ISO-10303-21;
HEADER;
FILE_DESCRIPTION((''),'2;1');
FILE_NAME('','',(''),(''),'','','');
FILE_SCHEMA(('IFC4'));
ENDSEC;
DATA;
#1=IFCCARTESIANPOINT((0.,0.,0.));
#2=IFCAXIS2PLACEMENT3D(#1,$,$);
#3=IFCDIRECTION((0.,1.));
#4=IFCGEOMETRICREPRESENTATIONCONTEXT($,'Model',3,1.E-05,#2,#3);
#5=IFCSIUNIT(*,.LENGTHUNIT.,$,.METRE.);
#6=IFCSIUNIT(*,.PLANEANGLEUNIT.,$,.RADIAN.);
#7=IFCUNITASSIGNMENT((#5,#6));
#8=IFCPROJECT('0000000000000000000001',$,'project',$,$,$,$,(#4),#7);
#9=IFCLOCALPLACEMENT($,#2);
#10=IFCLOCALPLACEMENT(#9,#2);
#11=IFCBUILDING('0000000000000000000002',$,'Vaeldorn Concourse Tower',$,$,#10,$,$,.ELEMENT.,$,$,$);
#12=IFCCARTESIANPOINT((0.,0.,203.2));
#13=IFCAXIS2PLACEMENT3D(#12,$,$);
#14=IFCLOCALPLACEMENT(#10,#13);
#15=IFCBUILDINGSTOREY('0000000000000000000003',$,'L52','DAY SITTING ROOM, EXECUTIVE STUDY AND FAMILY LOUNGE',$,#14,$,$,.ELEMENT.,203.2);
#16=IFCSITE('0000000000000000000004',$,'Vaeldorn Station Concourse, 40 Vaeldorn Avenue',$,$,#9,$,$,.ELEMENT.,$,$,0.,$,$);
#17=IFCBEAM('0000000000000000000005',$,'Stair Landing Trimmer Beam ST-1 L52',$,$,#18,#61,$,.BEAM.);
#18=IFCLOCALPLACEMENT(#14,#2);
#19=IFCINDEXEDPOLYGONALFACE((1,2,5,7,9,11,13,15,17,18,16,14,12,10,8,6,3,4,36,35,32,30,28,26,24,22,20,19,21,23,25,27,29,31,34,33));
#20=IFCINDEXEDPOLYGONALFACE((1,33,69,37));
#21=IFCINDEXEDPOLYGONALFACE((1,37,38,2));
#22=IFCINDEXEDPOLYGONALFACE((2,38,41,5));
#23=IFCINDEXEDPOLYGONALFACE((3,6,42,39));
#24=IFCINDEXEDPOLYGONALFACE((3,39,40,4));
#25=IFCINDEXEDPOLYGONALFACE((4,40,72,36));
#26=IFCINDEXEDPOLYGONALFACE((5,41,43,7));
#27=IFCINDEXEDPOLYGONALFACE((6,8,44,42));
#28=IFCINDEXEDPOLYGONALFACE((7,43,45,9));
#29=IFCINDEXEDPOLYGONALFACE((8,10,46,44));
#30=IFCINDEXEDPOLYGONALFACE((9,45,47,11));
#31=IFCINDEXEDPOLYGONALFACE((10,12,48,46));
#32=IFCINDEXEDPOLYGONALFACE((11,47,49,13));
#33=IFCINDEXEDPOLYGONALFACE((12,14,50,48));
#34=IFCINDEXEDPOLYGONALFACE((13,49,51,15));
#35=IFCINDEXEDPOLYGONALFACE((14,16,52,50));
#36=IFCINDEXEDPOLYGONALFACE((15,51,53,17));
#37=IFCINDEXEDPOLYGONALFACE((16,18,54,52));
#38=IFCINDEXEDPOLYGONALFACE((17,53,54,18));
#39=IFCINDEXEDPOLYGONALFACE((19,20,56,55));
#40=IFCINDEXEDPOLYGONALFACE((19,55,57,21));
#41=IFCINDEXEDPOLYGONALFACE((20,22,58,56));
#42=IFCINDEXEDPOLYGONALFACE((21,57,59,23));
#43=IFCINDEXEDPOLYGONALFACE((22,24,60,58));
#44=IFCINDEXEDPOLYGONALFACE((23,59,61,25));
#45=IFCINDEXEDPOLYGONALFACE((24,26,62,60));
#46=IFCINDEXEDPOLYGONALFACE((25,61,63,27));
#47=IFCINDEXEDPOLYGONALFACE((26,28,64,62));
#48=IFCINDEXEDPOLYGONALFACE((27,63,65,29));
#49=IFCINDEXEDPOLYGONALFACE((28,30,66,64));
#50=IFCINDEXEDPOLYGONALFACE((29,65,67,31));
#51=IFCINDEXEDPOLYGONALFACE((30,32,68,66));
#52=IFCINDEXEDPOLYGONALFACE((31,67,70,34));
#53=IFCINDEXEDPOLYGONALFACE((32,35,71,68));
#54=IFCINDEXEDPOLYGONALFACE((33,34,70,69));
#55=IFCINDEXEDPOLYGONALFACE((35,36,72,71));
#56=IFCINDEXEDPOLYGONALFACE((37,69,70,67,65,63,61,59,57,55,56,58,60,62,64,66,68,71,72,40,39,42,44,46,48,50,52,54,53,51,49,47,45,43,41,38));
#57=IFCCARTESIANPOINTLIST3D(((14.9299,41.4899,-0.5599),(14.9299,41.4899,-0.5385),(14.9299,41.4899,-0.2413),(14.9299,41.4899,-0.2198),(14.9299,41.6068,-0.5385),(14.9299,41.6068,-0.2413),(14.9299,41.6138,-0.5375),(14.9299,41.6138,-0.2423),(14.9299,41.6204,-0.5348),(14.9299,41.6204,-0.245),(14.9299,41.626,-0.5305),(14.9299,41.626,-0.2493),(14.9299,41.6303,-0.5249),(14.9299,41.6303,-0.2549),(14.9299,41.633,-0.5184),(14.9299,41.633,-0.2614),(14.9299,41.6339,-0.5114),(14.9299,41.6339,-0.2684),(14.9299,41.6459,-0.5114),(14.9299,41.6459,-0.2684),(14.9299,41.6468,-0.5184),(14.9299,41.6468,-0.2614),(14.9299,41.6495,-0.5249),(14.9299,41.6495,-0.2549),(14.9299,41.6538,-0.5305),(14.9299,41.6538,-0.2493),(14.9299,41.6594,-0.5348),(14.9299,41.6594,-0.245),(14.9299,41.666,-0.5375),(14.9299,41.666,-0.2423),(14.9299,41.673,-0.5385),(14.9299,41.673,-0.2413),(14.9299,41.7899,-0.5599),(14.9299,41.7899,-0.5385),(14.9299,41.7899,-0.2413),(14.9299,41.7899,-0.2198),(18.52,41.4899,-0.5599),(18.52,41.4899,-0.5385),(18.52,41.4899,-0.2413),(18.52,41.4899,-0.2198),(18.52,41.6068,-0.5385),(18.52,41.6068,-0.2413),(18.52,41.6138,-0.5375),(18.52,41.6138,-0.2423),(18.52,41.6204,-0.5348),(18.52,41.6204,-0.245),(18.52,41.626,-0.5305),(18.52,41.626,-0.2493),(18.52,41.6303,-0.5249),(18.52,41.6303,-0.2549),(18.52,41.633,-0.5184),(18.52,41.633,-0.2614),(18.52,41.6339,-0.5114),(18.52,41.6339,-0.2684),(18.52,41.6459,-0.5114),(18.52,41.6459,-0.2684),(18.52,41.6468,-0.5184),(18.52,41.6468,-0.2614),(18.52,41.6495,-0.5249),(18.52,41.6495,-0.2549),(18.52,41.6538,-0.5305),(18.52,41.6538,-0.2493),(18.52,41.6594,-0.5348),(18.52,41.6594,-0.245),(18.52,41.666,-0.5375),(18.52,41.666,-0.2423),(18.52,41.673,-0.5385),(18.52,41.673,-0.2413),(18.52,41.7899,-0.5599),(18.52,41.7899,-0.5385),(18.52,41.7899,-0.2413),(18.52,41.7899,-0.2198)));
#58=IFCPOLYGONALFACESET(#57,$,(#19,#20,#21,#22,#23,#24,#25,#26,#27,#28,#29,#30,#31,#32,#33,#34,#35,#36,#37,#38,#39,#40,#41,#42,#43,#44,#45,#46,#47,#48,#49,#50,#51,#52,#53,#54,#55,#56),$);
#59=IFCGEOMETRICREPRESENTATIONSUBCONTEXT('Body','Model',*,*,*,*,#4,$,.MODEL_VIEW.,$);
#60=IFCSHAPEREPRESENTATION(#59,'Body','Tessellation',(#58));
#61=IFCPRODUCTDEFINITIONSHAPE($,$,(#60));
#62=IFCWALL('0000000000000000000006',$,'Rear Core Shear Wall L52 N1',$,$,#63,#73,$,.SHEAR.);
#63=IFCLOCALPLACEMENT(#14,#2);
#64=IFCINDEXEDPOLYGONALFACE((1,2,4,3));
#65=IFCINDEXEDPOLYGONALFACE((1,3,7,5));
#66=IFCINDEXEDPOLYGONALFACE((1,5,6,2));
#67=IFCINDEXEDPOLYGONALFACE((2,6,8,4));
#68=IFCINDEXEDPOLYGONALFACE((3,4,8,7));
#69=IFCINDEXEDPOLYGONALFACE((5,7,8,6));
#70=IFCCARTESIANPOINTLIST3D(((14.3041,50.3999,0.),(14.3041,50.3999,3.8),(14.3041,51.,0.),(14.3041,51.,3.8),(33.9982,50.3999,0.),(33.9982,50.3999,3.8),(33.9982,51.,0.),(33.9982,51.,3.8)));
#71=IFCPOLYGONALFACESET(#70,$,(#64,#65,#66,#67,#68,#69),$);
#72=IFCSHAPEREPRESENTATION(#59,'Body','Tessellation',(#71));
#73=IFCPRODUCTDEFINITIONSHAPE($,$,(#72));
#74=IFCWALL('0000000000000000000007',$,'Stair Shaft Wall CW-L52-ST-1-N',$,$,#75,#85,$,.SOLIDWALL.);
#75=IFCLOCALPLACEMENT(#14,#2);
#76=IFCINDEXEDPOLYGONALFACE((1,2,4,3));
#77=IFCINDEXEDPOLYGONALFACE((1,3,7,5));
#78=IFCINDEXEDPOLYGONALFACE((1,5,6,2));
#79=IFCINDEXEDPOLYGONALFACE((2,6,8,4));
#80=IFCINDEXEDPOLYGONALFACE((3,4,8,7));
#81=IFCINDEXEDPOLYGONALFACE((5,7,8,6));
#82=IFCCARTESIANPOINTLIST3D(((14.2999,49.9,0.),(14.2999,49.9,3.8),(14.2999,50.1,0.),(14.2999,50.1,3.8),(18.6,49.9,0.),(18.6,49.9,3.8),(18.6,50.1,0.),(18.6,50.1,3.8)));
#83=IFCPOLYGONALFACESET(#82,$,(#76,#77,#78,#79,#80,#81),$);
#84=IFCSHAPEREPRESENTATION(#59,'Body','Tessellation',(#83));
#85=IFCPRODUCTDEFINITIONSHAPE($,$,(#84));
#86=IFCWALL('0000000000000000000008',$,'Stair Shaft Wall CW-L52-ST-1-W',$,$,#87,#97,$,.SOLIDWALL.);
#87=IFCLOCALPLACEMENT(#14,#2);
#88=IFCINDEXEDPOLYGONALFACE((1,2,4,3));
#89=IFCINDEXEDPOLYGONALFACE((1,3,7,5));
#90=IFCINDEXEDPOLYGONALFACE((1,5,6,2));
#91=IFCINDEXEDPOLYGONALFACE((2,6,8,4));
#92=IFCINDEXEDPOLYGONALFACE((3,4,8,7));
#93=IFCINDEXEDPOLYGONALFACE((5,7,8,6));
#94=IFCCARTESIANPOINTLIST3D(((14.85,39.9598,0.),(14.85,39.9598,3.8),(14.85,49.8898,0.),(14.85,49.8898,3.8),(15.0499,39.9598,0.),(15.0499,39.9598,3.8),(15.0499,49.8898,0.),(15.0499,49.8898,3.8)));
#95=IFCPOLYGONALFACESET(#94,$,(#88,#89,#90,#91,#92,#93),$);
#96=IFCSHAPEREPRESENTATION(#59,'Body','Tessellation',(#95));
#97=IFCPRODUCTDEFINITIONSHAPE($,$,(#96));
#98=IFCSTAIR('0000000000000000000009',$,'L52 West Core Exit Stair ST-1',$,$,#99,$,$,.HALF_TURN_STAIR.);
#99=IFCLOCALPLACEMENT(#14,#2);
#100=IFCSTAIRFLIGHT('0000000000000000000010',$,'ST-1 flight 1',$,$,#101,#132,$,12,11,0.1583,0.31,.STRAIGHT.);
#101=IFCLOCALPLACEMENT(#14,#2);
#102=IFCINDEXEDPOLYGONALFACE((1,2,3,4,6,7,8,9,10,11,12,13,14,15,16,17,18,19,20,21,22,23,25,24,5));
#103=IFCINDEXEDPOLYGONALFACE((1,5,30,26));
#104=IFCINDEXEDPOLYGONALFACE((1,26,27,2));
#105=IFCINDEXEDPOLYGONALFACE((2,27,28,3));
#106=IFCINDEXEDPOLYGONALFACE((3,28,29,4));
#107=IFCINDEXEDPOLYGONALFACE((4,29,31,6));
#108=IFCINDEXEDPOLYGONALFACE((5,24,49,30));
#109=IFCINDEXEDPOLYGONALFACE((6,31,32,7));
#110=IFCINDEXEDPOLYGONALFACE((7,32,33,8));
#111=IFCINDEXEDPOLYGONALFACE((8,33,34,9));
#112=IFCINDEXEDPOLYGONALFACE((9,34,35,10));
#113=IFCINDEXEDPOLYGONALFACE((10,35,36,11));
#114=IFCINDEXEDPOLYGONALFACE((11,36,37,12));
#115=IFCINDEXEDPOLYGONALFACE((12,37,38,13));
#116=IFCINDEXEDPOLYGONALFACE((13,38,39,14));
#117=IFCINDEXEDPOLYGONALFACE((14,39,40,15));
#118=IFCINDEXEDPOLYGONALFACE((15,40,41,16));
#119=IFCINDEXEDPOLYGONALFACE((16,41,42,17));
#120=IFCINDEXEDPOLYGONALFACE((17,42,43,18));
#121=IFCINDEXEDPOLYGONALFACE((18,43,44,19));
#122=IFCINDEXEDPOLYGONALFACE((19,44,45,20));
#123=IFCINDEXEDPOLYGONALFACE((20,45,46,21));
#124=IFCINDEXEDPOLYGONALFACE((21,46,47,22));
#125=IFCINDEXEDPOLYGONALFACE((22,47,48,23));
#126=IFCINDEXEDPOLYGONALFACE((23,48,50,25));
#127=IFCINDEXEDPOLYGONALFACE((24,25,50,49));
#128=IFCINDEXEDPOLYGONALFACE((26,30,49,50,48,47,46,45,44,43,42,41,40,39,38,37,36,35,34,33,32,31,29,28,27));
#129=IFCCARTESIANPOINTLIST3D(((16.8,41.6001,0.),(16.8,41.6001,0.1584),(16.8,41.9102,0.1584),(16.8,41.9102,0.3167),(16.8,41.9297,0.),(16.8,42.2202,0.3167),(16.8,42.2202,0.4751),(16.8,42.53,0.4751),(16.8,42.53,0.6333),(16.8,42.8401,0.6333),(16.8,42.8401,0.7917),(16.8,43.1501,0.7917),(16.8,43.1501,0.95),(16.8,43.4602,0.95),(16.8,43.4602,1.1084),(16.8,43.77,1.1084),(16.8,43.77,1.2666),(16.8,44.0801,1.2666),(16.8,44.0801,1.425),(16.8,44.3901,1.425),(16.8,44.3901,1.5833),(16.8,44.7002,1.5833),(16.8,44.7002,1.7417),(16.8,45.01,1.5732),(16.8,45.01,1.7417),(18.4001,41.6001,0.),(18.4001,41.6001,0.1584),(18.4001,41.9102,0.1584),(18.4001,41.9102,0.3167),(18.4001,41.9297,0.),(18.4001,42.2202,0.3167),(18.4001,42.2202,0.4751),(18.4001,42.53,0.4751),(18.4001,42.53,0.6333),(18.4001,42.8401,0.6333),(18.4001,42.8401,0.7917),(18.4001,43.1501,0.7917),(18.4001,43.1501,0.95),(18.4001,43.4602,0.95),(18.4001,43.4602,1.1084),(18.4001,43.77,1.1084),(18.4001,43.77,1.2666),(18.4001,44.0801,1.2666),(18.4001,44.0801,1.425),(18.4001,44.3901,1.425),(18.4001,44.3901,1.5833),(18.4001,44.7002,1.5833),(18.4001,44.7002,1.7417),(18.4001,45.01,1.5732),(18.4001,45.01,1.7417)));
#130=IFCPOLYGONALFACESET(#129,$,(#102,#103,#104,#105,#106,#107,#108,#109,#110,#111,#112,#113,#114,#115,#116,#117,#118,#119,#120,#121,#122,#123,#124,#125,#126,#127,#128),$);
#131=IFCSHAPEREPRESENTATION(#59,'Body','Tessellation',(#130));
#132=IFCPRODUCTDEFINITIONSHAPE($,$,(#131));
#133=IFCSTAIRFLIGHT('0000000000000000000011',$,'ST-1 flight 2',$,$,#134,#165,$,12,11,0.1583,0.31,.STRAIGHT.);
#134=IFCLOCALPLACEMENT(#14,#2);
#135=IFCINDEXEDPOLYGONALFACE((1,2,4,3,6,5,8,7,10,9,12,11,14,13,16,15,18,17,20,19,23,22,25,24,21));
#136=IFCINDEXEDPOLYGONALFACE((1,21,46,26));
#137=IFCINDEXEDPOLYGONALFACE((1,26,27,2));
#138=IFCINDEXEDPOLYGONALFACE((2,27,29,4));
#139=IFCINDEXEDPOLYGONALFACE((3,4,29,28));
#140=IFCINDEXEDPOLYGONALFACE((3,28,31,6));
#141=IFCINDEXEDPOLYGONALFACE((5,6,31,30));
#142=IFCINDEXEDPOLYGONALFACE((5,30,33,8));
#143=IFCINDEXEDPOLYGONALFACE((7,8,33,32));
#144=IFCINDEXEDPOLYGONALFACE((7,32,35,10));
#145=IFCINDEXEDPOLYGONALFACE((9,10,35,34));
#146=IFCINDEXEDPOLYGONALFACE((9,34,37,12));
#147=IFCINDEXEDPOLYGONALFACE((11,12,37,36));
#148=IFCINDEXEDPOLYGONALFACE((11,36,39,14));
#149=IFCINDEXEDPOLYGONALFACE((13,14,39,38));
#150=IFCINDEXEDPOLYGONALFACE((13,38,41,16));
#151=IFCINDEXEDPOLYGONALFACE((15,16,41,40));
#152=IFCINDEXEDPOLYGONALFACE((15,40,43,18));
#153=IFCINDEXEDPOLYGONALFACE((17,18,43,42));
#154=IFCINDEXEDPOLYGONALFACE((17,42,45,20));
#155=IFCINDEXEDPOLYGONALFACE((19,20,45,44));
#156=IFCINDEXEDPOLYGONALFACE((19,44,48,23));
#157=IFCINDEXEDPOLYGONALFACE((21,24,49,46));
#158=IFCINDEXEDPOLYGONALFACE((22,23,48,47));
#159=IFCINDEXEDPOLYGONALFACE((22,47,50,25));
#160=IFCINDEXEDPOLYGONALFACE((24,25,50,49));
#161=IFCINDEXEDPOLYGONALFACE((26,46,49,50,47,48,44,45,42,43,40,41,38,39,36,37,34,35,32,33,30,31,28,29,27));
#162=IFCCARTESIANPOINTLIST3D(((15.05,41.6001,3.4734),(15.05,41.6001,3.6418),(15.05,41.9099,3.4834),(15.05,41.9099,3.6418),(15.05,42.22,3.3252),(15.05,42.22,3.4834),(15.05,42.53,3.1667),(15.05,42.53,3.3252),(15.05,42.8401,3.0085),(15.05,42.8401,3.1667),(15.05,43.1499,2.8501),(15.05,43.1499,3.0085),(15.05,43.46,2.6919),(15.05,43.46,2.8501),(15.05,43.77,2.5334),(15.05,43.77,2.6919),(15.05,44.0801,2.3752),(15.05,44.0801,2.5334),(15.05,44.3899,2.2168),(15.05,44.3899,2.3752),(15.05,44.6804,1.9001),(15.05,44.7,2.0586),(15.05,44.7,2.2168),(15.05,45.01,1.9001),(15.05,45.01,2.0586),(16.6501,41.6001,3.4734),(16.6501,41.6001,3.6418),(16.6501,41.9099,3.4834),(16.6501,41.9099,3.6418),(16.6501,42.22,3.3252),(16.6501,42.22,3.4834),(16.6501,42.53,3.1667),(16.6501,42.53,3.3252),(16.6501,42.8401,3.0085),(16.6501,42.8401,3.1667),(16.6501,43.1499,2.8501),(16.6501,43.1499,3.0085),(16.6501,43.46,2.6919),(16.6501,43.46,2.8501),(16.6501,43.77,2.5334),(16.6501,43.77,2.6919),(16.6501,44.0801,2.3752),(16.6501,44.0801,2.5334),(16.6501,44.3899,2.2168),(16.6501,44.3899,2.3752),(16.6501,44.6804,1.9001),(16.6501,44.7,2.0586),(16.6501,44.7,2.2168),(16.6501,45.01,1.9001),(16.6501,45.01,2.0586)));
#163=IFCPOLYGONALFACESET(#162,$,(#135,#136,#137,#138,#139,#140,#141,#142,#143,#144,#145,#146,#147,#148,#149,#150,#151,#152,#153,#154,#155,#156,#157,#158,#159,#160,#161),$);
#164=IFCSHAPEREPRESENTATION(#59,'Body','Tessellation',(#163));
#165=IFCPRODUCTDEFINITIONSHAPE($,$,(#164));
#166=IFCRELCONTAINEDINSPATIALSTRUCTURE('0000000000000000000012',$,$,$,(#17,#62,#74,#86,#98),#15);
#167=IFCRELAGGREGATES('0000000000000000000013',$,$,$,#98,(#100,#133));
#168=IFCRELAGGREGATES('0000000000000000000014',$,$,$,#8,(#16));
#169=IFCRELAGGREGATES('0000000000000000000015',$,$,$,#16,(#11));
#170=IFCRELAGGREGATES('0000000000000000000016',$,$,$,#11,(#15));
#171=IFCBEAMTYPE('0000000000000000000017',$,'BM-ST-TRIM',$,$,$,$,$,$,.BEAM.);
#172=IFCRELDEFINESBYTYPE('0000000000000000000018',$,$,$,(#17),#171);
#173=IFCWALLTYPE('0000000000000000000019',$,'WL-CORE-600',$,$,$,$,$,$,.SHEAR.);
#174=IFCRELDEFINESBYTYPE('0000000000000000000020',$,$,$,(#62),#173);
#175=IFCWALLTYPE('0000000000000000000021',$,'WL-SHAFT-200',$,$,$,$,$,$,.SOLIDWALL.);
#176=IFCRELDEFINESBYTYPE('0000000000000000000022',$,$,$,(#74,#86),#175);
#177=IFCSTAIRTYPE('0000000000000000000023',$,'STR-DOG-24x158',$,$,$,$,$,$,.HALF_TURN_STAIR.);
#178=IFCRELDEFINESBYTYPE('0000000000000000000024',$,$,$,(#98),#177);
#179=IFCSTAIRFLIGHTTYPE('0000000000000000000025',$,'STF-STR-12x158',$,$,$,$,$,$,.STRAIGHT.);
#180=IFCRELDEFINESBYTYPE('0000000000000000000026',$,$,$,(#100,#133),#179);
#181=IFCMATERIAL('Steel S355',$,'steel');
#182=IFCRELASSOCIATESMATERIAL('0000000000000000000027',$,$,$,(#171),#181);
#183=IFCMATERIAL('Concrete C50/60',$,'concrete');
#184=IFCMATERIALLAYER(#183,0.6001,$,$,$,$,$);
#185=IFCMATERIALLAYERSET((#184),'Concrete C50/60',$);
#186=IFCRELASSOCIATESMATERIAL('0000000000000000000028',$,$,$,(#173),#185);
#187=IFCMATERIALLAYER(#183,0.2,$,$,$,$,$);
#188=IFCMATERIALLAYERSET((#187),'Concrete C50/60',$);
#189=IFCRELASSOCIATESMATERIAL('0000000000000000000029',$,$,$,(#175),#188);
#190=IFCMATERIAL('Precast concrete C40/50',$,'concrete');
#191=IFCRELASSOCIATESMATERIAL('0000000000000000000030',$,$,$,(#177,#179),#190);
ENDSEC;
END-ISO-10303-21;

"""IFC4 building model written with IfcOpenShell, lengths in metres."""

from ifc_helpers import new_model, si_unit, direction, frame, frame_2d, origin, origin_2d, place, context, subcontext, project, spatial, polyline, rectangle, i_section, outline, extrude, source, transform, mapped, material, layer, layer_set, material_profile, profile_set, type_object, element, aggregate, save


model = new_model("IFC4")

# Units and contexts
model_context = context("Model", 3, precision=1e-05, world=origin(), true_north=direction((0.0, 1.0)))
body_context = subcontext(model_context, "Body", "Model", "MODEL_VIEW")
ifc_project = project(units=[si_unit("LENGTHUNIT", "METRE"), si_unit("PLANEANGLEUNIT", "RADIAN")], contexts=[model_context])

# Site, building, storey
site_placement = place(None, origin())
site = spatial("IfcSite", under=ifc_project, at=site_placement, Name="Vaeldorn Station Concourse, 40 Vaeldorn Avenue", CompositionType="ELEMENT", RefElevation=0.0)
building_placement = place(site_placement, origin())
building = spatial("IfcBuilding", under=site, at=building_placement, Name="Vaeldorn Concourse Tower", CompositionType="ELEMENT")
storey_placement = place(building_placement, frame((0.0, 0.0, 203.2)))
storey = spatial("IfcBuildingStorey", under=building, at=storey_placement, Name="L52", Description="DAY SITTING ROOM, EXECUTIVE STUDY AND FAMILY LOUNGE", CompositionType="ELEMENT", Elevation=203.2)

# Beam
ifc_material_1 = material(Name="Steel S355", Category="steel")
ifc_material_profile = material_profile(ifc_material_1, i_section(OverallWidth=0.3, OverallDepth=0.3401, WebThickness=0.012, FlangeThickness=0.0215, FilletRadius=0.0271, at=origin_2d()), Name="HEB 340")
ifc_profile_set = profile_set([ifc_material_profile], Name="Steel S355")
beam_type = type_object("IfcBeamType", Name="BM-ST-TRIM", PredefinedType="BEAM", material=ifc_profile_set)
shared_shape_1 = source(origin(), body_context, "Body", "SweptSolid", [
    extrude(i_section(OverallWidth=0.3, OverallDepth=0.3401, WebThickness=0.012, FlangeThickness=0.0215, FilletRadius=0.0271, at=origin_2d()), origin(), (0.0, 0.0, 1.0), 3.5901),
])
beam_placement = place(storey_placement, frame((14.9299, 41.6399, -0.3899), z_axis=(1.0, 0.0, 0.0), x_axis=(0.0, 1.0, 0.0)))
element("IfcBeam", 1, at=beam_placement, inside=storey, type_object=beam_type, Name="Stair Landing Trimmer Beam ST-1 L52", PredefinedType="BEAM", context=body_context, shape_type="MappedRepresentation", body=[
    mapped(shared_shape_1, transform((0.0, 0.0, 0.0), scale=1.0)),
])

# Wall
ifc_material_2 = material(Name="Concrete C50/60", Category="concrete")
ifc_layer_1 = layer(ifc_material_2, 0.6001)
ifc_layer_set_1 = layer_set([ifc_layer_1], Name="Concrete C50/60")
wall_type_1 = type_object("IfcWallType", Name="WL-CORE-600", PredefinedType="SHEAR", material=ifc_layer_set_1)
wall_1_placement = place(storey_placement, frame((14.304, 50.7, 0.0), z_axis=(0.0, 0.0, 1.0), x_axis=(1.0, 0.0, 0.0)))
element("IfcWall", 2, at=wall_1_placement, inside=storey, type_object=wall_type_1, Name="Rear Core Shear Wall L52 N1", PredefinedType="SHEAR", context=body_context, shape_type="SweptSolid", body=[
    extrude(rectangle(XDim=19.6941, YDim=0.6001, at=frame_2d((9.8472, 0.0))), origin(), (0.0, 0.0, 1.0), 3.8),
])

# Shared definitions
ifc_layer_2 = layer(ifc_material_2, 0.2)
ifc_layer_set_2 = layer_set([ifc_layer_2], Name="Concrete C50/60")
wall_type_2 = type_object("IfcWallType", Name="WL-SHAFT-200", PredefinedType="SOLIDWALL", material=ifc_layer_set_2)

# Walls
wall_2_placement = place(storey_placement, frame((14.3, 50.0, 0.0), z_axis=(0.0, 0.0, 1.0), x_axis=(1.0, 0.0, 0.0)))
element("IfcWall", 3, at=wall_2_placement, inside=storey, type_object=wall_type_2, Name="Stair Shaft Wall CW-L52-ST-1-N", PredefinedType="SOLIDWALL", context=body_context, shape_type="SweptSolid", body=[
    extrude(rectangle(XDim=4.3, YDim=0.2, at=frame_2d((2.1499, 0.0))), origin(), (0.0, 0.0, 1.0), 3.8),
])
wall_3_placement = place(storey_placement, frame((14.95, 39.96, 0.0), z_axis=(0.0, 0.0, 1.0), x_axis=(0.0, 1.0, 0.0)))
element("IfcWall", 4, at=wall_3_placement, inside=storey, type_object=wall_type_2, Name="Stair Shaft Wall CW-L52-ST-1-W", PredefinedType="SOLIDWALL", context=body_context, shape_type="SweptSolid", body=[
    extrude(rectangle(XDim=9.9299, YDim=0.2, at=frame_2d((4.9648, 0.0))), origin(), (0.0, 0.0, 1.0), 3.8),
])

# Stair, stair flights
ifc_material_3 = material(Name="Precast concrete C40/50", Category="concrete")
stair_type = type_object("IfcStairType", Name="STR-DOG-24x158", PredefinedType="HALF_TURN_STAIR", material=ifc_material_3)
stair_placement = place(storey_placement, origin())
stair = element("IfcStair", 5, at=stair_placement, inside=storey, type_object=stair_type, Name="L52 West Core Exit Stair ST-1", PredefinedType="HALF_TURN_STAIR")
stair_flight_type = type_object("IfcStairFlightType", Name="STF-STR-12x158", PredefinedType="STRAIGHT", material=ifc_material_3)
stair_flight_1_placement = place(storey_placement, frame((17.6001, 41.6001, 0.0), z_axis=(0.0, 0.0, 1.0), x_axis=(0.0, 1.0, 0.0)))
stair_flight_1 = element("IfcStairFlight", 6, at=stair_flight_1_placement, type_object=stair_flight_type, Name="ST-1 flight 1", NumberOfRisers=12, NumberOfTreads=11, PredefinedType="STRAIGHT", RiserHeight=0.1583, TreadLength=0.31, context=body_context, shape_type="SweptSolid", body=[
    extrude(outline(polyline([(0.0, 0.0), (0.0, 0.1584), (0.3101, 0.1584), (0.3101, 0.3167), (0.6201, 0.3167), (0.6201, 0.4751), (0.9299, 0.4751), (0.9299, 0.6333), (1.24, 0.6333), (1.24, 0.7917), (1.55, 0.7917), (1.55, 0.95), (1.8601, 0.95), (1.8601, 1.1084), (2.1699, 1.1084), (2.1699, 1.2666), (2.48, 1.2666), (2.48, 1.425), (2.79, 1.425), (2.79, 1.5833), (3.1001, 1.5833), (3.1001, 1.7417), (3.4099, 1.7417), (3.4099, 1.8999), (3.4099, 1.5732), (0.3296, 0.0), (0.0, 0.0)])), frame((0.0, 0.8, 0.0), z_axis=(0.0, -1.0, 0.0), x_axis=(1.0, 0.0, 0.0)), (0.0, 0.0, 1.0), 1.6001),
])
stair_flight_2_placement = place(storey_placement, frame((15.8501, 45.01, 1.9001), z_axis=(0.0, 0.0, 1.0), x_axis=(0.0, -1.0, 0.0)))
stair_flight_2 = element("IfcStairFlight", 7, at=stair_flight_2_placement, type_object=stair_flight_type, Name="ST-1 flight 2", NumberOfRisers=12, NumberOfTreads=11, PredefinedType="STRAIGHT", RiserHeight=0.1583, TreadLength=0.31, context=body_context, shape_type="SweptSolid", body=[
    extrude(outline(polyline([(0.0, 0.0), (0.0, 0.1584), (0.3101, 0.1584), (0.3101, 0.3167), (0.6201, 0.3167), (0.6201, 0.4751), (0.9299, 0.4751), (0.9299, 0.6333), (1.24, 0.6333), (1.24, 0.7917), (1.55, 0.7917), (1.55, 0.95), (1.8601, 0.95), (1.8601, 1.1084), (2.1699, 1.1084), (2.1699, 1.2666), (2.48, 1.2666), (2.48, 1.425), (2.79, 1.425), (2.79, 1.5833), (3.1001, 1.5833), (3.1001, 1.7417), (3.4099, 1.7417), (3.4099, 1.8999), (3.4099, 1.5732), (0.3296, 0.0), (0.0, 0.0)])), frame((0.0, 0.8, 0.0), z_axis=(0.0, -1.0, 0.0), x_axis=(1.0, 0.0, 0.0)), (0.0, 0.0, 1.0), 1.6001),
])
aggregate(stair, [stair_flight_1, stair_flight_2])

save(model, "model.ifc")
